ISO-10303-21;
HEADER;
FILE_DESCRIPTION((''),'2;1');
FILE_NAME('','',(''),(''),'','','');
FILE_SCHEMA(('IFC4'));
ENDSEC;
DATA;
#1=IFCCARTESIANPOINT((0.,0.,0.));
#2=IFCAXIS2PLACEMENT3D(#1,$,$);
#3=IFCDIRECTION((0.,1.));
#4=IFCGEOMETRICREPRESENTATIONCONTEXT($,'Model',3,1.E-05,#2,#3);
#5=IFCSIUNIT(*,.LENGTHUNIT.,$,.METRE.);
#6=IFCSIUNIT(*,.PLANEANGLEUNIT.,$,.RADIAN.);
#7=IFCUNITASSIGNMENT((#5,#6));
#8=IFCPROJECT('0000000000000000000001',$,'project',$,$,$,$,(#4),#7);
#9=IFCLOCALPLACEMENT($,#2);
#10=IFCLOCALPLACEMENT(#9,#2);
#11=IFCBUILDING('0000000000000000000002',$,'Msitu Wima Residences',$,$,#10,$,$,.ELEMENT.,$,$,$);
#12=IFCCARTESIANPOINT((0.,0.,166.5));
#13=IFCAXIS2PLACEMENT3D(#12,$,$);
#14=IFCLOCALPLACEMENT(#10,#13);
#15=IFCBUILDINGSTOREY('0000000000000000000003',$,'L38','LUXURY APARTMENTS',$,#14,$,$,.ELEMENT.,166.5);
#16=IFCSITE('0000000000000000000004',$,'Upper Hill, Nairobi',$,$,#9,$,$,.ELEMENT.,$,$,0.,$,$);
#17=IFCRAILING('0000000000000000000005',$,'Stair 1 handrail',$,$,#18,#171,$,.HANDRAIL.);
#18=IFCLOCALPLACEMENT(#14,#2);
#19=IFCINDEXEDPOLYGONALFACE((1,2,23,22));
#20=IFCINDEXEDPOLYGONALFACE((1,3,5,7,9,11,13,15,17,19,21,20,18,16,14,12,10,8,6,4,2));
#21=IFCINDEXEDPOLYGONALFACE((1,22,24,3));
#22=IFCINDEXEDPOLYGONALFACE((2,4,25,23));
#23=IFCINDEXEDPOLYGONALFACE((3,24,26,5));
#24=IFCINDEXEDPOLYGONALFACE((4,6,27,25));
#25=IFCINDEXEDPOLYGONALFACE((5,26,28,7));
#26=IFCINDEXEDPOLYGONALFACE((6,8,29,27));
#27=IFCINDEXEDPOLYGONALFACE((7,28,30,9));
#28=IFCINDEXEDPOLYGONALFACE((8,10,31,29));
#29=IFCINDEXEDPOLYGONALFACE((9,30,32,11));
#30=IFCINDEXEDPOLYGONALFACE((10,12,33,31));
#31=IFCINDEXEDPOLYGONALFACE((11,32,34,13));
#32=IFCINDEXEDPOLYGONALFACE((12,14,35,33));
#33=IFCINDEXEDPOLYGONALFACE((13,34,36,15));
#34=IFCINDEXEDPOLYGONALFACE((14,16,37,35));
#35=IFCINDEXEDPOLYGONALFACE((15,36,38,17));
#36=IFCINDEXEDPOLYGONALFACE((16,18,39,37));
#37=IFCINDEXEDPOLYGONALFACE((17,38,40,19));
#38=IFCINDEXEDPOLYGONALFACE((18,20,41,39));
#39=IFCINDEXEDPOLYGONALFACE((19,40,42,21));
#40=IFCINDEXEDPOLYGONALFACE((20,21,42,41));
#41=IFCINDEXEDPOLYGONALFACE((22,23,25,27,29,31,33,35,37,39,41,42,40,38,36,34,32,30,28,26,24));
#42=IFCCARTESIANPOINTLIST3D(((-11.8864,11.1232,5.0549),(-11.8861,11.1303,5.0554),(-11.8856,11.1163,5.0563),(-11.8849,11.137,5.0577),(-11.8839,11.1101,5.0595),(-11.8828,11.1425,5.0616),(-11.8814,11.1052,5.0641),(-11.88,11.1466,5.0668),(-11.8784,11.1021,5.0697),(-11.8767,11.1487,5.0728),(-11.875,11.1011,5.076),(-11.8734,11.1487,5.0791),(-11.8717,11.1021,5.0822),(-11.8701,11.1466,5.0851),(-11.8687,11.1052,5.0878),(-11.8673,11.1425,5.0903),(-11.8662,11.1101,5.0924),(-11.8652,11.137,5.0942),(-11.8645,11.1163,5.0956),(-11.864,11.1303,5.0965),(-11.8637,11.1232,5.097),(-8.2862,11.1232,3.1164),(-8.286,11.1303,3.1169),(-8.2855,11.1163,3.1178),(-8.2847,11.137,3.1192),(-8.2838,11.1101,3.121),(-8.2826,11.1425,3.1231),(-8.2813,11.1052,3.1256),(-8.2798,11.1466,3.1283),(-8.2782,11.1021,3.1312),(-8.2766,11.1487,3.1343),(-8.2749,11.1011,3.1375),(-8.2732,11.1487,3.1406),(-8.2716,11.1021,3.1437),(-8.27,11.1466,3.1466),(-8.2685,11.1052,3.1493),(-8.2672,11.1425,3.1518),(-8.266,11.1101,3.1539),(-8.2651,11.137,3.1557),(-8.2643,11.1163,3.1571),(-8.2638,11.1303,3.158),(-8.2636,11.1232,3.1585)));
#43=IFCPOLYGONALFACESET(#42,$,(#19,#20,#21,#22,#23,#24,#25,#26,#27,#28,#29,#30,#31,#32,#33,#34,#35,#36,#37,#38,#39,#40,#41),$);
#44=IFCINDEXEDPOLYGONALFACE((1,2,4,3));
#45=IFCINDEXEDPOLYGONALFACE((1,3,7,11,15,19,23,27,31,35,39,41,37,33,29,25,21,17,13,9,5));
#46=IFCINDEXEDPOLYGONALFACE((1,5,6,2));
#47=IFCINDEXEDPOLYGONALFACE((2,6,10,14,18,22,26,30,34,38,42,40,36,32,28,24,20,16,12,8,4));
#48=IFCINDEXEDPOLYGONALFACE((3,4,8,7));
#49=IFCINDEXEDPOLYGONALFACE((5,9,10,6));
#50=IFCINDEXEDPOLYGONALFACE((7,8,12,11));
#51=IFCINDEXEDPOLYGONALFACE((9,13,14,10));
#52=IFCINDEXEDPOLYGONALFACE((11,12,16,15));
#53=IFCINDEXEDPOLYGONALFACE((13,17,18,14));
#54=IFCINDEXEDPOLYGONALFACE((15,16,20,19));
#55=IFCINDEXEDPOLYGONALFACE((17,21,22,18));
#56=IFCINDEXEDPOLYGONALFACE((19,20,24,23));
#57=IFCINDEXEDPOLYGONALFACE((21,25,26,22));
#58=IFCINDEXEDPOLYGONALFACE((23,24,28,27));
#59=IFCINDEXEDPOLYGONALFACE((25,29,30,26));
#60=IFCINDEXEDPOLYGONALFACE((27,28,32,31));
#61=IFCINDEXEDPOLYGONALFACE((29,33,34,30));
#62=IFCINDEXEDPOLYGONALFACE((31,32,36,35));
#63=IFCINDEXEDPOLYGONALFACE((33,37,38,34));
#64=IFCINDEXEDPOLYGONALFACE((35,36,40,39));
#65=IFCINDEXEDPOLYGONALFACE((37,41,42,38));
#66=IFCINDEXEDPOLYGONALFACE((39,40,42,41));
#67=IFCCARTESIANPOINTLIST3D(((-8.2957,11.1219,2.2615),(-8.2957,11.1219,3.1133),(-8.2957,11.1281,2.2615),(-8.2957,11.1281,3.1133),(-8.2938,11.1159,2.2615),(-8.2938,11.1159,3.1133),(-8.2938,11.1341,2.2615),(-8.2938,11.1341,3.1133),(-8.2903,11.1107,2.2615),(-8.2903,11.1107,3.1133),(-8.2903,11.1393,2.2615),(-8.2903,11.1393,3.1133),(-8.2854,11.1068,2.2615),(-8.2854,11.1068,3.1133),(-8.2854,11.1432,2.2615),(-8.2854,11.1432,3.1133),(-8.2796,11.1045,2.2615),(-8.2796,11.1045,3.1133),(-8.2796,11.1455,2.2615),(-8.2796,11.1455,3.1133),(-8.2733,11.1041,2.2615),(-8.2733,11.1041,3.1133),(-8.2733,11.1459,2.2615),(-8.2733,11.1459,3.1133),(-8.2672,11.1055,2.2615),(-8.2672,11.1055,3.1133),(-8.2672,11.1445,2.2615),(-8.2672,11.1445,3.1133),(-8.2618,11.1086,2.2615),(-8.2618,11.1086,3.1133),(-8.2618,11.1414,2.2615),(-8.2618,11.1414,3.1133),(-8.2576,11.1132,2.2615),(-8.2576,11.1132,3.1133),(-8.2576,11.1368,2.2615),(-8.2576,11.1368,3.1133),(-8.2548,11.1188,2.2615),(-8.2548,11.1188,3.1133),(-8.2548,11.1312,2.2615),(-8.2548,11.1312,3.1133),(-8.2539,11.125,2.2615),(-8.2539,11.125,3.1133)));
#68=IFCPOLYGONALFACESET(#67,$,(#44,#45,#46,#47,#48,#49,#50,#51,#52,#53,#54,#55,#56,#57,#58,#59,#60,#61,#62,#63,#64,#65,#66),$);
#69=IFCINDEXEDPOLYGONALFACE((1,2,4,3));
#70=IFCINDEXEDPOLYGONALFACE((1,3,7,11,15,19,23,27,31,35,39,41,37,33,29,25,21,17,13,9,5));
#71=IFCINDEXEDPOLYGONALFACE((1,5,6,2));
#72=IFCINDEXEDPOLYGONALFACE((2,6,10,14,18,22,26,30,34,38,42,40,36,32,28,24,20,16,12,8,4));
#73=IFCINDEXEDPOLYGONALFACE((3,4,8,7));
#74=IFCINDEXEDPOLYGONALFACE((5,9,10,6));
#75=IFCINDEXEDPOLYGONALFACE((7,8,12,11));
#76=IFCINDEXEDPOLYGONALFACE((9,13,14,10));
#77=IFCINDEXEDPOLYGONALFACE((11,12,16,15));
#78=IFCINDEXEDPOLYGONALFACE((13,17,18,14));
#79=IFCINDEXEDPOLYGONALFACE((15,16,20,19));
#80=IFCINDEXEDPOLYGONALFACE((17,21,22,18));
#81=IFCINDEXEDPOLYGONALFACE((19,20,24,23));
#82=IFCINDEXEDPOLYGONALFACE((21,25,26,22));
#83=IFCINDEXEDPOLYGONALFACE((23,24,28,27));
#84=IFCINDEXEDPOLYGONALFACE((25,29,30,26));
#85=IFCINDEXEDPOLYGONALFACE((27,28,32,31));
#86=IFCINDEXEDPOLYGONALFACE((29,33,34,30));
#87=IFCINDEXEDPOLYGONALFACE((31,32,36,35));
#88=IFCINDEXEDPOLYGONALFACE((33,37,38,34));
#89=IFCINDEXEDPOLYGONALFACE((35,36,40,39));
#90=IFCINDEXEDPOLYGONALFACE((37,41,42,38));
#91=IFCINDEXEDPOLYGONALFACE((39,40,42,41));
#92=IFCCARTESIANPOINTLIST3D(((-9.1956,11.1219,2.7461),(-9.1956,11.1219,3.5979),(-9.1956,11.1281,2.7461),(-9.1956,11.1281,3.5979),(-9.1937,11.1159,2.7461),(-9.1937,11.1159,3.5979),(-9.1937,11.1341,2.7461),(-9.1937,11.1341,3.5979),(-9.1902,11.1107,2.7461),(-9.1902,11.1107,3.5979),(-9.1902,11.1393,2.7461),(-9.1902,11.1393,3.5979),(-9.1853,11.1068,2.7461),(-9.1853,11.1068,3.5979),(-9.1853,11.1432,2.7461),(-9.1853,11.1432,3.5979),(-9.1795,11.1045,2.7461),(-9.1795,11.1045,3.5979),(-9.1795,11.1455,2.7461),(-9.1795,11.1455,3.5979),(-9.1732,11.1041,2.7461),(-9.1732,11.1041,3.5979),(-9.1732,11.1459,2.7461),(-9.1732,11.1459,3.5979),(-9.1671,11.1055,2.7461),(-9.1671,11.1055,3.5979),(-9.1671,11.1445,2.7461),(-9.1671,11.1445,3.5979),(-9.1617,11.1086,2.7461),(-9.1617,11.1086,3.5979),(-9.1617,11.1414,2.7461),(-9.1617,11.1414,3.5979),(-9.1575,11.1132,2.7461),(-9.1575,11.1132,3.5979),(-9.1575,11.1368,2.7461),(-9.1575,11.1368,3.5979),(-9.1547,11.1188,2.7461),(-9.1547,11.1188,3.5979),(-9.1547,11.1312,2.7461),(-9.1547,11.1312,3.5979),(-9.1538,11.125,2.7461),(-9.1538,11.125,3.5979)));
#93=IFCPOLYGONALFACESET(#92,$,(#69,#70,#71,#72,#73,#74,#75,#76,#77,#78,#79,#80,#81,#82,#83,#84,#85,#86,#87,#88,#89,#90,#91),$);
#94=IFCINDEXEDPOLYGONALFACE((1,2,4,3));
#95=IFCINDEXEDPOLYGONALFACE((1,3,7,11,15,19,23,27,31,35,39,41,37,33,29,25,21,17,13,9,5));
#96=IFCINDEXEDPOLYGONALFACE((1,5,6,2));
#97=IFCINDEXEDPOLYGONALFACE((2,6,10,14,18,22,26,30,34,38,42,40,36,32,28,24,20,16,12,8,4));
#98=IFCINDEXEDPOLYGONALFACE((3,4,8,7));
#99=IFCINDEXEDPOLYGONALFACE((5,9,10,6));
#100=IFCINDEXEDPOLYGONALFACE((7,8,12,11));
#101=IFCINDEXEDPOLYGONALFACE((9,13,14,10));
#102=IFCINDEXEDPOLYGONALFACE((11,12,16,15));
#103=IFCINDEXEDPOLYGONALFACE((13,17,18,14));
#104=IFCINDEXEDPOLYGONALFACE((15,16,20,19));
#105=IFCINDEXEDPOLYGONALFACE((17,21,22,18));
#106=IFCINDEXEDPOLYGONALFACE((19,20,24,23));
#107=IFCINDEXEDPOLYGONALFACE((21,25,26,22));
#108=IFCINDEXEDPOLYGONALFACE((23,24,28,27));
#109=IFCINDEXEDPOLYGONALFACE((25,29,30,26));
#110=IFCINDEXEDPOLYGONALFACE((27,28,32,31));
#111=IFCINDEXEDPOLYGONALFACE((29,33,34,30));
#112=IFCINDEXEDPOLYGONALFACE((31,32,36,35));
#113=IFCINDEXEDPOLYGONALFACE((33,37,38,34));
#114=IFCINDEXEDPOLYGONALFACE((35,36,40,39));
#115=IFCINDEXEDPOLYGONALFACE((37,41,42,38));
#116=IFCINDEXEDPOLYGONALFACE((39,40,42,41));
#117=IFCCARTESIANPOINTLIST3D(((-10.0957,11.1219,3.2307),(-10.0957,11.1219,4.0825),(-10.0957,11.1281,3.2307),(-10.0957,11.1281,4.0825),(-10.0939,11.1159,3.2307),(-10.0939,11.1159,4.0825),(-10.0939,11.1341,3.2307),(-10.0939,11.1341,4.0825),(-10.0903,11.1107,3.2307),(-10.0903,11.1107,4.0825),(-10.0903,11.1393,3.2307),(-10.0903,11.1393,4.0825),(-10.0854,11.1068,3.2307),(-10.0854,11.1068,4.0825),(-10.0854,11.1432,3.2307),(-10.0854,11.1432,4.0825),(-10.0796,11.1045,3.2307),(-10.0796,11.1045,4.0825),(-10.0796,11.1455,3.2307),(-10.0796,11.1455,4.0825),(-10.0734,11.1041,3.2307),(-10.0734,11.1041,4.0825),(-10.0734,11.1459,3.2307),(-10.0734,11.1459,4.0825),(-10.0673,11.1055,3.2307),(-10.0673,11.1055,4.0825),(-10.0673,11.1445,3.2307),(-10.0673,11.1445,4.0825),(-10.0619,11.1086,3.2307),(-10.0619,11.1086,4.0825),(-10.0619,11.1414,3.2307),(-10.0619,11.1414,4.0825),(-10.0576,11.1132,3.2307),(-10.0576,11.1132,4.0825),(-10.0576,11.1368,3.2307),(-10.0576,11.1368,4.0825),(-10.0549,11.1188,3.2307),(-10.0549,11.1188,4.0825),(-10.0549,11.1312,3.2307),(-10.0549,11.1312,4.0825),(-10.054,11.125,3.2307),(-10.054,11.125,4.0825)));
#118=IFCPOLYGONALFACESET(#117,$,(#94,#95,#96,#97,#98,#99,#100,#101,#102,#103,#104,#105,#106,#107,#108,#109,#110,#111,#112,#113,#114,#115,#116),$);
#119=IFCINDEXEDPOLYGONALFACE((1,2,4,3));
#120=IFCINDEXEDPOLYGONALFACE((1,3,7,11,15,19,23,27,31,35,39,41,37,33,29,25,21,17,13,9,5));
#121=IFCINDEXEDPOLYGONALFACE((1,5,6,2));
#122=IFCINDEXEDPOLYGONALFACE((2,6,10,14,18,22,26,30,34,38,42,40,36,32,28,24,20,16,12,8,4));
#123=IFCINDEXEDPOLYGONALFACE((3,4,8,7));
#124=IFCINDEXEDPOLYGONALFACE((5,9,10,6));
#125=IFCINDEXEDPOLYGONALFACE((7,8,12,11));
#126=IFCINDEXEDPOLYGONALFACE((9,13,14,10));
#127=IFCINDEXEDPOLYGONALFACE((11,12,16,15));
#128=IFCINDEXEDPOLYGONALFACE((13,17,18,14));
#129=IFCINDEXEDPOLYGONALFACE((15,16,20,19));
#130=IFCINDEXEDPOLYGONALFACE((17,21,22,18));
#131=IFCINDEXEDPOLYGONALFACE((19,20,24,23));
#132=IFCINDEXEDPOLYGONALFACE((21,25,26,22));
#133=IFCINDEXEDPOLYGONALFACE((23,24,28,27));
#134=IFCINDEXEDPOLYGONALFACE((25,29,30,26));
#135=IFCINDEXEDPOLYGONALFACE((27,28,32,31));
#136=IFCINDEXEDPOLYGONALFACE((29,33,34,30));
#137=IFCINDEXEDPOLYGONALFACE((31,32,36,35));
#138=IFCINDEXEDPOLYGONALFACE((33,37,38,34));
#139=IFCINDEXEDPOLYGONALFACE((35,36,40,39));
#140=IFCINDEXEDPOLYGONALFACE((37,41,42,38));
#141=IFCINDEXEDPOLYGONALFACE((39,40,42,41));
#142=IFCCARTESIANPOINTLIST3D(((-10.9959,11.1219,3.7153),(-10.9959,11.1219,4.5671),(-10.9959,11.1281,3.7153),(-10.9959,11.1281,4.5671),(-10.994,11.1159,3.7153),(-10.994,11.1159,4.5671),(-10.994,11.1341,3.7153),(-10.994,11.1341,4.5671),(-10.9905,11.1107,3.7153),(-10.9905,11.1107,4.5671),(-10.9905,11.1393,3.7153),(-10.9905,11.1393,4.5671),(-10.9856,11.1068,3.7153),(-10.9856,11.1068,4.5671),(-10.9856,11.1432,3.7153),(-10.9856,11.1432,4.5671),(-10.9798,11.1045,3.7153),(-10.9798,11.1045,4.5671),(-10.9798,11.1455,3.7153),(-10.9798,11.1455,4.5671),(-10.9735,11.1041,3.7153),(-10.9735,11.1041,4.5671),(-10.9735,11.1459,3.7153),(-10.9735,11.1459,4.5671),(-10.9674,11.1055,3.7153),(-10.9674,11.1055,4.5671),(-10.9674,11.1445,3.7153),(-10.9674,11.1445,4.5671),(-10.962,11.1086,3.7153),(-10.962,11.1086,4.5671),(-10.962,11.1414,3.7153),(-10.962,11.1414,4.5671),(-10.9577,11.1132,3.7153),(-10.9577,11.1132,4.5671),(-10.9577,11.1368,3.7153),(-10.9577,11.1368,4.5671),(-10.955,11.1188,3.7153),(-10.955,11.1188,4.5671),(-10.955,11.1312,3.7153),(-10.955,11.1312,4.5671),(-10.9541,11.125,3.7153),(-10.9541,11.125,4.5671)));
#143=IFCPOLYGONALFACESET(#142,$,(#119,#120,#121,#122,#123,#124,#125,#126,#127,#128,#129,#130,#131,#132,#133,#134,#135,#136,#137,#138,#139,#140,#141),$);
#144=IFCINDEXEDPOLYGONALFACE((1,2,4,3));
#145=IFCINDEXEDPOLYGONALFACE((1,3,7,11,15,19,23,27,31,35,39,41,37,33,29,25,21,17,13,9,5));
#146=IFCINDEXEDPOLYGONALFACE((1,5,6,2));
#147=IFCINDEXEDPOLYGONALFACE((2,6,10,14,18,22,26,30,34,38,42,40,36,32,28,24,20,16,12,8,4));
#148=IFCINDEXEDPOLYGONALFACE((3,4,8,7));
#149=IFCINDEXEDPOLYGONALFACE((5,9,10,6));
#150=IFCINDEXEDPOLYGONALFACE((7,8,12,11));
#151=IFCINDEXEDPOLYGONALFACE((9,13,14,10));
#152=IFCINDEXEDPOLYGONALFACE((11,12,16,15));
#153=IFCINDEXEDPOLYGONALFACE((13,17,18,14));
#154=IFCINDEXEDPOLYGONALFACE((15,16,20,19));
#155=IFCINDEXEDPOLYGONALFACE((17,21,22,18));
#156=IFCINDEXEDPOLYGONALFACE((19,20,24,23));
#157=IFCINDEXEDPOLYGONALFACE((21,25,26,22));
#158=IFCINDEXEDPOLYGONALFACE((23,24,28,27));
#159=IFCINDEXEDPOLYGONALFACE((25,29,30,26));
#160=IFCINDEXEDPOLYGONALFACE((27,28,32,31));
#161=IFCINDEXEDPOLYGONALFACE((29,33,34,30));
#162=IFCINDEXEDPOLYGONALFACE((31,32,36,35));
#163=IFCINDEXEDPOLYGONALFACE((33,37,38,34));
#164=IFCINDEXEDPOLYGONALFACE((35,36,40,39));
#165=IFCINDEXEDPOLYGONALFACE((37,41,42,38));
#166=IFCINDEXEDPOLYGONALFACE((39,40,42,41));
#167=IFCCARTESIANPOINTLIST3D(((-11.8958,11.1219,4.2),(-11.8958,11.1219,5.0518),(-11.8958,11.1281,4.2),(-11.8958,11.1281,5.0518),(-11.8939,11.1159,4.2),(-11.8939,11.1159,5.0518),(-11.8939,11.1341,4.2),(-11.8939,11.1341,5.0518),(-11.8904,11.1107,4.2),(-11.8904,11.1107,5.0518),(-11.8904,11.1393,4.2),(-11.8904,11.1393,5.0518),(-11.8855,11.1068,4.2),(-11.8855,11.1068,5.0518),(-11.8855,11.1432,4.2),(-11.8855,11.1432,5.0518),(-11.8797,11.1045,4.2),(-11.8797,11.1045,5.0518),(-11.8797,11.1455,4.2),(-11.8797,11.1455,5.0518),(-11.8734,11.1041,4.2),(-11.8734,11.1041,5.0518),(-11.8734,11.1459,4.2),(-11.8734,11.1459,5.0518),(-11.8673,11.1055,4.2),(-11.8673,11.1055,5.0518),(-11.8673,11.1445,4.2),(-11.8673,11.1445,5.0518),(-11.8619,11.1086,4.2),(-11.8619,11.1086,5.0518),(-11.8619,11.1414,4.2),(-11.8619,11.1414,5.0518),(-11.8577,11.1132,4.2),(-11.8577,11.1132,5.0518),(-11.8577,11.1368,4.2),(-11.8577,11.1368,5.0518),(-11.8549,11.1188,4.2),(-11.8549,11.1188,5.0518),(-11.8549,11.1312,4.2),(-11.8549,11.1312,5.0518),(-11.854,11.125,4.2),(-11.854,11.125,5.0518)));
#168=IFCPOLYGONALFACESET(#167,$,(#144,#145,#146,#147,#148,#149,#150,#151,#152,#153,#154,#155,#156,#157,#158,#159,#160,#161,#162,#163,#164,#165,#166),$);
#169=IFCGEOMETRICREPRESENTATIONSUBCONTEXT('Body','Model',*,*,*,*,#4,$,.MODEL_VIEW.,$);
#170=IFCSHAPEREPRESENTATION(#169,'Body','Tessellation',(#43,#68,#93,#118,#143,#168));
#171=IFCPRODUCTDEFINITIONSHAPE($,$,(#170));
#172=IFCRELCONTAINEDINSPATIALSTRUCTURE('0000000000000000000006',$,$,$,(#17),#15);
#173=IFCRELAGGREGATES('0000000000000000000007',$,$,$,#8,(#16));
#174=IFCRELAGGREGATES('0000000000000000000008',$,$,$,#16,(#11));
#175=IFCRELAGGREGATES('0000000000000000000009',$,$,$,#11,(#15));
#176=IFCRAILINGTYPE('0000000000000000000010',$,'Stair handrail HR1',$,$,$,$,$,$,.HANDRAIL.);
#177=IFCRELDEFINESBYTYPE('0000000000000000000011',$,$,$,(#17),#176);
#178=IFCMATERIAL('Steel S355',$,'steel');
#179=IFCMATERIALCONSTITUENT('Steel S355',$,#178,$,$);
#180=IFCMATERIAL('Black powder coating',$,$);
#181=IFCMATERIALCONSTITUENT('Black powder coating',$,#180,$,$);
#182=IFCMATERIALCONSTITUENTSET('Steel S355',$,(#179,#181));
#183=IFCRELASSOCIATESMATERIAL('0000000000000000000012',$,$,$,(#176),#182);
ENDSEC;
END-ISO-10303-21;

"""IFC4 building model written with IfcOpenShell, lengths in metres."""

from ifc_helpers import new_model, si_unit, direction, frame, origin, origin_2d, place, context, subcontext, project, spatial, circle, extrude, material, constituent, constituent_set, type_object, element, save


model = new_model("IFC4")

# Units and contexts
model_context = context("Model", 3, precision=1e-05, world=origin(), true_north=direction((0.0, 1.0)))
body_context = subcontext(model_context, "Body", "Model", "MODEL_VIEW")
ifc_project = project(units=[si_unit("LENGTHUNIT", "METRE"), si_unit("PLANEANGLEUNIT", "RADIAN")], contexts=[model_context])

# Site, building, storey
site_placement = place(None, origin())
site = spatial("IfcSite", under=ifc_project, at=site_placement, Name="Upper Hill, Nairobi", CompositionType="ELEMENT", RefElevation=0.0)
building_placement = place(site_placement, origin())
building = spatial("IfcBuilding", under=site, at=building_placement, Name="Msitu Wima Residences", CompositionType="ELEMENT")
storey_placement = place(building_placement, frame((0.0, 0.0, 166.5)))
storey = spatial("IfcBuildingStorey", under=building, at=storey_placement, Name="L38", Description="LUXURY APARTMENTS", CompositionType="ELEMENT", Elevation=166.5)

# Railing
ifc_material_1 = material(Name="Steel S355", Category="steel")
ifc_constituent_1 = constituent(ifc_material_1, Name="Steel S355")
ifc_material_2 = material(Name="Black powder coating")
ifc_constituent_2 = constituent(ifc_material_2, Name="Black powder coating")
ifc_constituent_set_1 = constituent_set(constituents=[ifc_constituent_1, ifc_constituent_2], Name="Steel S355")
railing_type_1 = type_object("IfcRailingType", Name="Stair handrail HR1", PredefinedType="HANDRAIL", material=ifc_constituent_set_1)
railing_1_placement = place(storey_placement, frame((-8.2749, 11.125, 2.2615)))
element("IfcRailing", 1, at=railing_1_placement, inside=storey, type_object=railing_type_1, Name="Stair 1 handrail", PredefinedType="HANDRAIL", context=body_context, shape_type="SweptSolid", body=[
    extrude(circle(Radius=0.0239, at=origin_2d()), frame((0.0, 0.0, 0.876), z_axis=(-0.880475, 0.0, 0.474093), x_axis=(0.0, -1.0, 0.0)), (0.0, 0.0, 1.0), 4.0889),
    extrude(circle(Radius=0.021, at=origin_2d()), origin(), (0.0, 0.0, 1.0), 0.8518),
    extrude(circle(Radius=0.021, at=origin_2d()), frame((-0.8999, 0.0, 0.4846)), (0.0, 0.0, 1.0), 0.8518),
    extrude(circle(Radius=0.021, at=origin_2d()), frame((-1.8, 0.0, 0.9692)), (0.0, 0.0, 1.0), 0.8518),
    extrude(circle(Radius=0.021, at=origin_2d()), frame((-2.7002, 0.0, 1.4539)), (0.0, 0.0, 1.0), 0.8518),
    extrude(circle(Radius=0.021, at=origin_2d()), frame((-3.6001, 0.0, 1.9385)), (0.0, 0.0, 1.0), 0.8518),
])

save(model, "model.ifc")
